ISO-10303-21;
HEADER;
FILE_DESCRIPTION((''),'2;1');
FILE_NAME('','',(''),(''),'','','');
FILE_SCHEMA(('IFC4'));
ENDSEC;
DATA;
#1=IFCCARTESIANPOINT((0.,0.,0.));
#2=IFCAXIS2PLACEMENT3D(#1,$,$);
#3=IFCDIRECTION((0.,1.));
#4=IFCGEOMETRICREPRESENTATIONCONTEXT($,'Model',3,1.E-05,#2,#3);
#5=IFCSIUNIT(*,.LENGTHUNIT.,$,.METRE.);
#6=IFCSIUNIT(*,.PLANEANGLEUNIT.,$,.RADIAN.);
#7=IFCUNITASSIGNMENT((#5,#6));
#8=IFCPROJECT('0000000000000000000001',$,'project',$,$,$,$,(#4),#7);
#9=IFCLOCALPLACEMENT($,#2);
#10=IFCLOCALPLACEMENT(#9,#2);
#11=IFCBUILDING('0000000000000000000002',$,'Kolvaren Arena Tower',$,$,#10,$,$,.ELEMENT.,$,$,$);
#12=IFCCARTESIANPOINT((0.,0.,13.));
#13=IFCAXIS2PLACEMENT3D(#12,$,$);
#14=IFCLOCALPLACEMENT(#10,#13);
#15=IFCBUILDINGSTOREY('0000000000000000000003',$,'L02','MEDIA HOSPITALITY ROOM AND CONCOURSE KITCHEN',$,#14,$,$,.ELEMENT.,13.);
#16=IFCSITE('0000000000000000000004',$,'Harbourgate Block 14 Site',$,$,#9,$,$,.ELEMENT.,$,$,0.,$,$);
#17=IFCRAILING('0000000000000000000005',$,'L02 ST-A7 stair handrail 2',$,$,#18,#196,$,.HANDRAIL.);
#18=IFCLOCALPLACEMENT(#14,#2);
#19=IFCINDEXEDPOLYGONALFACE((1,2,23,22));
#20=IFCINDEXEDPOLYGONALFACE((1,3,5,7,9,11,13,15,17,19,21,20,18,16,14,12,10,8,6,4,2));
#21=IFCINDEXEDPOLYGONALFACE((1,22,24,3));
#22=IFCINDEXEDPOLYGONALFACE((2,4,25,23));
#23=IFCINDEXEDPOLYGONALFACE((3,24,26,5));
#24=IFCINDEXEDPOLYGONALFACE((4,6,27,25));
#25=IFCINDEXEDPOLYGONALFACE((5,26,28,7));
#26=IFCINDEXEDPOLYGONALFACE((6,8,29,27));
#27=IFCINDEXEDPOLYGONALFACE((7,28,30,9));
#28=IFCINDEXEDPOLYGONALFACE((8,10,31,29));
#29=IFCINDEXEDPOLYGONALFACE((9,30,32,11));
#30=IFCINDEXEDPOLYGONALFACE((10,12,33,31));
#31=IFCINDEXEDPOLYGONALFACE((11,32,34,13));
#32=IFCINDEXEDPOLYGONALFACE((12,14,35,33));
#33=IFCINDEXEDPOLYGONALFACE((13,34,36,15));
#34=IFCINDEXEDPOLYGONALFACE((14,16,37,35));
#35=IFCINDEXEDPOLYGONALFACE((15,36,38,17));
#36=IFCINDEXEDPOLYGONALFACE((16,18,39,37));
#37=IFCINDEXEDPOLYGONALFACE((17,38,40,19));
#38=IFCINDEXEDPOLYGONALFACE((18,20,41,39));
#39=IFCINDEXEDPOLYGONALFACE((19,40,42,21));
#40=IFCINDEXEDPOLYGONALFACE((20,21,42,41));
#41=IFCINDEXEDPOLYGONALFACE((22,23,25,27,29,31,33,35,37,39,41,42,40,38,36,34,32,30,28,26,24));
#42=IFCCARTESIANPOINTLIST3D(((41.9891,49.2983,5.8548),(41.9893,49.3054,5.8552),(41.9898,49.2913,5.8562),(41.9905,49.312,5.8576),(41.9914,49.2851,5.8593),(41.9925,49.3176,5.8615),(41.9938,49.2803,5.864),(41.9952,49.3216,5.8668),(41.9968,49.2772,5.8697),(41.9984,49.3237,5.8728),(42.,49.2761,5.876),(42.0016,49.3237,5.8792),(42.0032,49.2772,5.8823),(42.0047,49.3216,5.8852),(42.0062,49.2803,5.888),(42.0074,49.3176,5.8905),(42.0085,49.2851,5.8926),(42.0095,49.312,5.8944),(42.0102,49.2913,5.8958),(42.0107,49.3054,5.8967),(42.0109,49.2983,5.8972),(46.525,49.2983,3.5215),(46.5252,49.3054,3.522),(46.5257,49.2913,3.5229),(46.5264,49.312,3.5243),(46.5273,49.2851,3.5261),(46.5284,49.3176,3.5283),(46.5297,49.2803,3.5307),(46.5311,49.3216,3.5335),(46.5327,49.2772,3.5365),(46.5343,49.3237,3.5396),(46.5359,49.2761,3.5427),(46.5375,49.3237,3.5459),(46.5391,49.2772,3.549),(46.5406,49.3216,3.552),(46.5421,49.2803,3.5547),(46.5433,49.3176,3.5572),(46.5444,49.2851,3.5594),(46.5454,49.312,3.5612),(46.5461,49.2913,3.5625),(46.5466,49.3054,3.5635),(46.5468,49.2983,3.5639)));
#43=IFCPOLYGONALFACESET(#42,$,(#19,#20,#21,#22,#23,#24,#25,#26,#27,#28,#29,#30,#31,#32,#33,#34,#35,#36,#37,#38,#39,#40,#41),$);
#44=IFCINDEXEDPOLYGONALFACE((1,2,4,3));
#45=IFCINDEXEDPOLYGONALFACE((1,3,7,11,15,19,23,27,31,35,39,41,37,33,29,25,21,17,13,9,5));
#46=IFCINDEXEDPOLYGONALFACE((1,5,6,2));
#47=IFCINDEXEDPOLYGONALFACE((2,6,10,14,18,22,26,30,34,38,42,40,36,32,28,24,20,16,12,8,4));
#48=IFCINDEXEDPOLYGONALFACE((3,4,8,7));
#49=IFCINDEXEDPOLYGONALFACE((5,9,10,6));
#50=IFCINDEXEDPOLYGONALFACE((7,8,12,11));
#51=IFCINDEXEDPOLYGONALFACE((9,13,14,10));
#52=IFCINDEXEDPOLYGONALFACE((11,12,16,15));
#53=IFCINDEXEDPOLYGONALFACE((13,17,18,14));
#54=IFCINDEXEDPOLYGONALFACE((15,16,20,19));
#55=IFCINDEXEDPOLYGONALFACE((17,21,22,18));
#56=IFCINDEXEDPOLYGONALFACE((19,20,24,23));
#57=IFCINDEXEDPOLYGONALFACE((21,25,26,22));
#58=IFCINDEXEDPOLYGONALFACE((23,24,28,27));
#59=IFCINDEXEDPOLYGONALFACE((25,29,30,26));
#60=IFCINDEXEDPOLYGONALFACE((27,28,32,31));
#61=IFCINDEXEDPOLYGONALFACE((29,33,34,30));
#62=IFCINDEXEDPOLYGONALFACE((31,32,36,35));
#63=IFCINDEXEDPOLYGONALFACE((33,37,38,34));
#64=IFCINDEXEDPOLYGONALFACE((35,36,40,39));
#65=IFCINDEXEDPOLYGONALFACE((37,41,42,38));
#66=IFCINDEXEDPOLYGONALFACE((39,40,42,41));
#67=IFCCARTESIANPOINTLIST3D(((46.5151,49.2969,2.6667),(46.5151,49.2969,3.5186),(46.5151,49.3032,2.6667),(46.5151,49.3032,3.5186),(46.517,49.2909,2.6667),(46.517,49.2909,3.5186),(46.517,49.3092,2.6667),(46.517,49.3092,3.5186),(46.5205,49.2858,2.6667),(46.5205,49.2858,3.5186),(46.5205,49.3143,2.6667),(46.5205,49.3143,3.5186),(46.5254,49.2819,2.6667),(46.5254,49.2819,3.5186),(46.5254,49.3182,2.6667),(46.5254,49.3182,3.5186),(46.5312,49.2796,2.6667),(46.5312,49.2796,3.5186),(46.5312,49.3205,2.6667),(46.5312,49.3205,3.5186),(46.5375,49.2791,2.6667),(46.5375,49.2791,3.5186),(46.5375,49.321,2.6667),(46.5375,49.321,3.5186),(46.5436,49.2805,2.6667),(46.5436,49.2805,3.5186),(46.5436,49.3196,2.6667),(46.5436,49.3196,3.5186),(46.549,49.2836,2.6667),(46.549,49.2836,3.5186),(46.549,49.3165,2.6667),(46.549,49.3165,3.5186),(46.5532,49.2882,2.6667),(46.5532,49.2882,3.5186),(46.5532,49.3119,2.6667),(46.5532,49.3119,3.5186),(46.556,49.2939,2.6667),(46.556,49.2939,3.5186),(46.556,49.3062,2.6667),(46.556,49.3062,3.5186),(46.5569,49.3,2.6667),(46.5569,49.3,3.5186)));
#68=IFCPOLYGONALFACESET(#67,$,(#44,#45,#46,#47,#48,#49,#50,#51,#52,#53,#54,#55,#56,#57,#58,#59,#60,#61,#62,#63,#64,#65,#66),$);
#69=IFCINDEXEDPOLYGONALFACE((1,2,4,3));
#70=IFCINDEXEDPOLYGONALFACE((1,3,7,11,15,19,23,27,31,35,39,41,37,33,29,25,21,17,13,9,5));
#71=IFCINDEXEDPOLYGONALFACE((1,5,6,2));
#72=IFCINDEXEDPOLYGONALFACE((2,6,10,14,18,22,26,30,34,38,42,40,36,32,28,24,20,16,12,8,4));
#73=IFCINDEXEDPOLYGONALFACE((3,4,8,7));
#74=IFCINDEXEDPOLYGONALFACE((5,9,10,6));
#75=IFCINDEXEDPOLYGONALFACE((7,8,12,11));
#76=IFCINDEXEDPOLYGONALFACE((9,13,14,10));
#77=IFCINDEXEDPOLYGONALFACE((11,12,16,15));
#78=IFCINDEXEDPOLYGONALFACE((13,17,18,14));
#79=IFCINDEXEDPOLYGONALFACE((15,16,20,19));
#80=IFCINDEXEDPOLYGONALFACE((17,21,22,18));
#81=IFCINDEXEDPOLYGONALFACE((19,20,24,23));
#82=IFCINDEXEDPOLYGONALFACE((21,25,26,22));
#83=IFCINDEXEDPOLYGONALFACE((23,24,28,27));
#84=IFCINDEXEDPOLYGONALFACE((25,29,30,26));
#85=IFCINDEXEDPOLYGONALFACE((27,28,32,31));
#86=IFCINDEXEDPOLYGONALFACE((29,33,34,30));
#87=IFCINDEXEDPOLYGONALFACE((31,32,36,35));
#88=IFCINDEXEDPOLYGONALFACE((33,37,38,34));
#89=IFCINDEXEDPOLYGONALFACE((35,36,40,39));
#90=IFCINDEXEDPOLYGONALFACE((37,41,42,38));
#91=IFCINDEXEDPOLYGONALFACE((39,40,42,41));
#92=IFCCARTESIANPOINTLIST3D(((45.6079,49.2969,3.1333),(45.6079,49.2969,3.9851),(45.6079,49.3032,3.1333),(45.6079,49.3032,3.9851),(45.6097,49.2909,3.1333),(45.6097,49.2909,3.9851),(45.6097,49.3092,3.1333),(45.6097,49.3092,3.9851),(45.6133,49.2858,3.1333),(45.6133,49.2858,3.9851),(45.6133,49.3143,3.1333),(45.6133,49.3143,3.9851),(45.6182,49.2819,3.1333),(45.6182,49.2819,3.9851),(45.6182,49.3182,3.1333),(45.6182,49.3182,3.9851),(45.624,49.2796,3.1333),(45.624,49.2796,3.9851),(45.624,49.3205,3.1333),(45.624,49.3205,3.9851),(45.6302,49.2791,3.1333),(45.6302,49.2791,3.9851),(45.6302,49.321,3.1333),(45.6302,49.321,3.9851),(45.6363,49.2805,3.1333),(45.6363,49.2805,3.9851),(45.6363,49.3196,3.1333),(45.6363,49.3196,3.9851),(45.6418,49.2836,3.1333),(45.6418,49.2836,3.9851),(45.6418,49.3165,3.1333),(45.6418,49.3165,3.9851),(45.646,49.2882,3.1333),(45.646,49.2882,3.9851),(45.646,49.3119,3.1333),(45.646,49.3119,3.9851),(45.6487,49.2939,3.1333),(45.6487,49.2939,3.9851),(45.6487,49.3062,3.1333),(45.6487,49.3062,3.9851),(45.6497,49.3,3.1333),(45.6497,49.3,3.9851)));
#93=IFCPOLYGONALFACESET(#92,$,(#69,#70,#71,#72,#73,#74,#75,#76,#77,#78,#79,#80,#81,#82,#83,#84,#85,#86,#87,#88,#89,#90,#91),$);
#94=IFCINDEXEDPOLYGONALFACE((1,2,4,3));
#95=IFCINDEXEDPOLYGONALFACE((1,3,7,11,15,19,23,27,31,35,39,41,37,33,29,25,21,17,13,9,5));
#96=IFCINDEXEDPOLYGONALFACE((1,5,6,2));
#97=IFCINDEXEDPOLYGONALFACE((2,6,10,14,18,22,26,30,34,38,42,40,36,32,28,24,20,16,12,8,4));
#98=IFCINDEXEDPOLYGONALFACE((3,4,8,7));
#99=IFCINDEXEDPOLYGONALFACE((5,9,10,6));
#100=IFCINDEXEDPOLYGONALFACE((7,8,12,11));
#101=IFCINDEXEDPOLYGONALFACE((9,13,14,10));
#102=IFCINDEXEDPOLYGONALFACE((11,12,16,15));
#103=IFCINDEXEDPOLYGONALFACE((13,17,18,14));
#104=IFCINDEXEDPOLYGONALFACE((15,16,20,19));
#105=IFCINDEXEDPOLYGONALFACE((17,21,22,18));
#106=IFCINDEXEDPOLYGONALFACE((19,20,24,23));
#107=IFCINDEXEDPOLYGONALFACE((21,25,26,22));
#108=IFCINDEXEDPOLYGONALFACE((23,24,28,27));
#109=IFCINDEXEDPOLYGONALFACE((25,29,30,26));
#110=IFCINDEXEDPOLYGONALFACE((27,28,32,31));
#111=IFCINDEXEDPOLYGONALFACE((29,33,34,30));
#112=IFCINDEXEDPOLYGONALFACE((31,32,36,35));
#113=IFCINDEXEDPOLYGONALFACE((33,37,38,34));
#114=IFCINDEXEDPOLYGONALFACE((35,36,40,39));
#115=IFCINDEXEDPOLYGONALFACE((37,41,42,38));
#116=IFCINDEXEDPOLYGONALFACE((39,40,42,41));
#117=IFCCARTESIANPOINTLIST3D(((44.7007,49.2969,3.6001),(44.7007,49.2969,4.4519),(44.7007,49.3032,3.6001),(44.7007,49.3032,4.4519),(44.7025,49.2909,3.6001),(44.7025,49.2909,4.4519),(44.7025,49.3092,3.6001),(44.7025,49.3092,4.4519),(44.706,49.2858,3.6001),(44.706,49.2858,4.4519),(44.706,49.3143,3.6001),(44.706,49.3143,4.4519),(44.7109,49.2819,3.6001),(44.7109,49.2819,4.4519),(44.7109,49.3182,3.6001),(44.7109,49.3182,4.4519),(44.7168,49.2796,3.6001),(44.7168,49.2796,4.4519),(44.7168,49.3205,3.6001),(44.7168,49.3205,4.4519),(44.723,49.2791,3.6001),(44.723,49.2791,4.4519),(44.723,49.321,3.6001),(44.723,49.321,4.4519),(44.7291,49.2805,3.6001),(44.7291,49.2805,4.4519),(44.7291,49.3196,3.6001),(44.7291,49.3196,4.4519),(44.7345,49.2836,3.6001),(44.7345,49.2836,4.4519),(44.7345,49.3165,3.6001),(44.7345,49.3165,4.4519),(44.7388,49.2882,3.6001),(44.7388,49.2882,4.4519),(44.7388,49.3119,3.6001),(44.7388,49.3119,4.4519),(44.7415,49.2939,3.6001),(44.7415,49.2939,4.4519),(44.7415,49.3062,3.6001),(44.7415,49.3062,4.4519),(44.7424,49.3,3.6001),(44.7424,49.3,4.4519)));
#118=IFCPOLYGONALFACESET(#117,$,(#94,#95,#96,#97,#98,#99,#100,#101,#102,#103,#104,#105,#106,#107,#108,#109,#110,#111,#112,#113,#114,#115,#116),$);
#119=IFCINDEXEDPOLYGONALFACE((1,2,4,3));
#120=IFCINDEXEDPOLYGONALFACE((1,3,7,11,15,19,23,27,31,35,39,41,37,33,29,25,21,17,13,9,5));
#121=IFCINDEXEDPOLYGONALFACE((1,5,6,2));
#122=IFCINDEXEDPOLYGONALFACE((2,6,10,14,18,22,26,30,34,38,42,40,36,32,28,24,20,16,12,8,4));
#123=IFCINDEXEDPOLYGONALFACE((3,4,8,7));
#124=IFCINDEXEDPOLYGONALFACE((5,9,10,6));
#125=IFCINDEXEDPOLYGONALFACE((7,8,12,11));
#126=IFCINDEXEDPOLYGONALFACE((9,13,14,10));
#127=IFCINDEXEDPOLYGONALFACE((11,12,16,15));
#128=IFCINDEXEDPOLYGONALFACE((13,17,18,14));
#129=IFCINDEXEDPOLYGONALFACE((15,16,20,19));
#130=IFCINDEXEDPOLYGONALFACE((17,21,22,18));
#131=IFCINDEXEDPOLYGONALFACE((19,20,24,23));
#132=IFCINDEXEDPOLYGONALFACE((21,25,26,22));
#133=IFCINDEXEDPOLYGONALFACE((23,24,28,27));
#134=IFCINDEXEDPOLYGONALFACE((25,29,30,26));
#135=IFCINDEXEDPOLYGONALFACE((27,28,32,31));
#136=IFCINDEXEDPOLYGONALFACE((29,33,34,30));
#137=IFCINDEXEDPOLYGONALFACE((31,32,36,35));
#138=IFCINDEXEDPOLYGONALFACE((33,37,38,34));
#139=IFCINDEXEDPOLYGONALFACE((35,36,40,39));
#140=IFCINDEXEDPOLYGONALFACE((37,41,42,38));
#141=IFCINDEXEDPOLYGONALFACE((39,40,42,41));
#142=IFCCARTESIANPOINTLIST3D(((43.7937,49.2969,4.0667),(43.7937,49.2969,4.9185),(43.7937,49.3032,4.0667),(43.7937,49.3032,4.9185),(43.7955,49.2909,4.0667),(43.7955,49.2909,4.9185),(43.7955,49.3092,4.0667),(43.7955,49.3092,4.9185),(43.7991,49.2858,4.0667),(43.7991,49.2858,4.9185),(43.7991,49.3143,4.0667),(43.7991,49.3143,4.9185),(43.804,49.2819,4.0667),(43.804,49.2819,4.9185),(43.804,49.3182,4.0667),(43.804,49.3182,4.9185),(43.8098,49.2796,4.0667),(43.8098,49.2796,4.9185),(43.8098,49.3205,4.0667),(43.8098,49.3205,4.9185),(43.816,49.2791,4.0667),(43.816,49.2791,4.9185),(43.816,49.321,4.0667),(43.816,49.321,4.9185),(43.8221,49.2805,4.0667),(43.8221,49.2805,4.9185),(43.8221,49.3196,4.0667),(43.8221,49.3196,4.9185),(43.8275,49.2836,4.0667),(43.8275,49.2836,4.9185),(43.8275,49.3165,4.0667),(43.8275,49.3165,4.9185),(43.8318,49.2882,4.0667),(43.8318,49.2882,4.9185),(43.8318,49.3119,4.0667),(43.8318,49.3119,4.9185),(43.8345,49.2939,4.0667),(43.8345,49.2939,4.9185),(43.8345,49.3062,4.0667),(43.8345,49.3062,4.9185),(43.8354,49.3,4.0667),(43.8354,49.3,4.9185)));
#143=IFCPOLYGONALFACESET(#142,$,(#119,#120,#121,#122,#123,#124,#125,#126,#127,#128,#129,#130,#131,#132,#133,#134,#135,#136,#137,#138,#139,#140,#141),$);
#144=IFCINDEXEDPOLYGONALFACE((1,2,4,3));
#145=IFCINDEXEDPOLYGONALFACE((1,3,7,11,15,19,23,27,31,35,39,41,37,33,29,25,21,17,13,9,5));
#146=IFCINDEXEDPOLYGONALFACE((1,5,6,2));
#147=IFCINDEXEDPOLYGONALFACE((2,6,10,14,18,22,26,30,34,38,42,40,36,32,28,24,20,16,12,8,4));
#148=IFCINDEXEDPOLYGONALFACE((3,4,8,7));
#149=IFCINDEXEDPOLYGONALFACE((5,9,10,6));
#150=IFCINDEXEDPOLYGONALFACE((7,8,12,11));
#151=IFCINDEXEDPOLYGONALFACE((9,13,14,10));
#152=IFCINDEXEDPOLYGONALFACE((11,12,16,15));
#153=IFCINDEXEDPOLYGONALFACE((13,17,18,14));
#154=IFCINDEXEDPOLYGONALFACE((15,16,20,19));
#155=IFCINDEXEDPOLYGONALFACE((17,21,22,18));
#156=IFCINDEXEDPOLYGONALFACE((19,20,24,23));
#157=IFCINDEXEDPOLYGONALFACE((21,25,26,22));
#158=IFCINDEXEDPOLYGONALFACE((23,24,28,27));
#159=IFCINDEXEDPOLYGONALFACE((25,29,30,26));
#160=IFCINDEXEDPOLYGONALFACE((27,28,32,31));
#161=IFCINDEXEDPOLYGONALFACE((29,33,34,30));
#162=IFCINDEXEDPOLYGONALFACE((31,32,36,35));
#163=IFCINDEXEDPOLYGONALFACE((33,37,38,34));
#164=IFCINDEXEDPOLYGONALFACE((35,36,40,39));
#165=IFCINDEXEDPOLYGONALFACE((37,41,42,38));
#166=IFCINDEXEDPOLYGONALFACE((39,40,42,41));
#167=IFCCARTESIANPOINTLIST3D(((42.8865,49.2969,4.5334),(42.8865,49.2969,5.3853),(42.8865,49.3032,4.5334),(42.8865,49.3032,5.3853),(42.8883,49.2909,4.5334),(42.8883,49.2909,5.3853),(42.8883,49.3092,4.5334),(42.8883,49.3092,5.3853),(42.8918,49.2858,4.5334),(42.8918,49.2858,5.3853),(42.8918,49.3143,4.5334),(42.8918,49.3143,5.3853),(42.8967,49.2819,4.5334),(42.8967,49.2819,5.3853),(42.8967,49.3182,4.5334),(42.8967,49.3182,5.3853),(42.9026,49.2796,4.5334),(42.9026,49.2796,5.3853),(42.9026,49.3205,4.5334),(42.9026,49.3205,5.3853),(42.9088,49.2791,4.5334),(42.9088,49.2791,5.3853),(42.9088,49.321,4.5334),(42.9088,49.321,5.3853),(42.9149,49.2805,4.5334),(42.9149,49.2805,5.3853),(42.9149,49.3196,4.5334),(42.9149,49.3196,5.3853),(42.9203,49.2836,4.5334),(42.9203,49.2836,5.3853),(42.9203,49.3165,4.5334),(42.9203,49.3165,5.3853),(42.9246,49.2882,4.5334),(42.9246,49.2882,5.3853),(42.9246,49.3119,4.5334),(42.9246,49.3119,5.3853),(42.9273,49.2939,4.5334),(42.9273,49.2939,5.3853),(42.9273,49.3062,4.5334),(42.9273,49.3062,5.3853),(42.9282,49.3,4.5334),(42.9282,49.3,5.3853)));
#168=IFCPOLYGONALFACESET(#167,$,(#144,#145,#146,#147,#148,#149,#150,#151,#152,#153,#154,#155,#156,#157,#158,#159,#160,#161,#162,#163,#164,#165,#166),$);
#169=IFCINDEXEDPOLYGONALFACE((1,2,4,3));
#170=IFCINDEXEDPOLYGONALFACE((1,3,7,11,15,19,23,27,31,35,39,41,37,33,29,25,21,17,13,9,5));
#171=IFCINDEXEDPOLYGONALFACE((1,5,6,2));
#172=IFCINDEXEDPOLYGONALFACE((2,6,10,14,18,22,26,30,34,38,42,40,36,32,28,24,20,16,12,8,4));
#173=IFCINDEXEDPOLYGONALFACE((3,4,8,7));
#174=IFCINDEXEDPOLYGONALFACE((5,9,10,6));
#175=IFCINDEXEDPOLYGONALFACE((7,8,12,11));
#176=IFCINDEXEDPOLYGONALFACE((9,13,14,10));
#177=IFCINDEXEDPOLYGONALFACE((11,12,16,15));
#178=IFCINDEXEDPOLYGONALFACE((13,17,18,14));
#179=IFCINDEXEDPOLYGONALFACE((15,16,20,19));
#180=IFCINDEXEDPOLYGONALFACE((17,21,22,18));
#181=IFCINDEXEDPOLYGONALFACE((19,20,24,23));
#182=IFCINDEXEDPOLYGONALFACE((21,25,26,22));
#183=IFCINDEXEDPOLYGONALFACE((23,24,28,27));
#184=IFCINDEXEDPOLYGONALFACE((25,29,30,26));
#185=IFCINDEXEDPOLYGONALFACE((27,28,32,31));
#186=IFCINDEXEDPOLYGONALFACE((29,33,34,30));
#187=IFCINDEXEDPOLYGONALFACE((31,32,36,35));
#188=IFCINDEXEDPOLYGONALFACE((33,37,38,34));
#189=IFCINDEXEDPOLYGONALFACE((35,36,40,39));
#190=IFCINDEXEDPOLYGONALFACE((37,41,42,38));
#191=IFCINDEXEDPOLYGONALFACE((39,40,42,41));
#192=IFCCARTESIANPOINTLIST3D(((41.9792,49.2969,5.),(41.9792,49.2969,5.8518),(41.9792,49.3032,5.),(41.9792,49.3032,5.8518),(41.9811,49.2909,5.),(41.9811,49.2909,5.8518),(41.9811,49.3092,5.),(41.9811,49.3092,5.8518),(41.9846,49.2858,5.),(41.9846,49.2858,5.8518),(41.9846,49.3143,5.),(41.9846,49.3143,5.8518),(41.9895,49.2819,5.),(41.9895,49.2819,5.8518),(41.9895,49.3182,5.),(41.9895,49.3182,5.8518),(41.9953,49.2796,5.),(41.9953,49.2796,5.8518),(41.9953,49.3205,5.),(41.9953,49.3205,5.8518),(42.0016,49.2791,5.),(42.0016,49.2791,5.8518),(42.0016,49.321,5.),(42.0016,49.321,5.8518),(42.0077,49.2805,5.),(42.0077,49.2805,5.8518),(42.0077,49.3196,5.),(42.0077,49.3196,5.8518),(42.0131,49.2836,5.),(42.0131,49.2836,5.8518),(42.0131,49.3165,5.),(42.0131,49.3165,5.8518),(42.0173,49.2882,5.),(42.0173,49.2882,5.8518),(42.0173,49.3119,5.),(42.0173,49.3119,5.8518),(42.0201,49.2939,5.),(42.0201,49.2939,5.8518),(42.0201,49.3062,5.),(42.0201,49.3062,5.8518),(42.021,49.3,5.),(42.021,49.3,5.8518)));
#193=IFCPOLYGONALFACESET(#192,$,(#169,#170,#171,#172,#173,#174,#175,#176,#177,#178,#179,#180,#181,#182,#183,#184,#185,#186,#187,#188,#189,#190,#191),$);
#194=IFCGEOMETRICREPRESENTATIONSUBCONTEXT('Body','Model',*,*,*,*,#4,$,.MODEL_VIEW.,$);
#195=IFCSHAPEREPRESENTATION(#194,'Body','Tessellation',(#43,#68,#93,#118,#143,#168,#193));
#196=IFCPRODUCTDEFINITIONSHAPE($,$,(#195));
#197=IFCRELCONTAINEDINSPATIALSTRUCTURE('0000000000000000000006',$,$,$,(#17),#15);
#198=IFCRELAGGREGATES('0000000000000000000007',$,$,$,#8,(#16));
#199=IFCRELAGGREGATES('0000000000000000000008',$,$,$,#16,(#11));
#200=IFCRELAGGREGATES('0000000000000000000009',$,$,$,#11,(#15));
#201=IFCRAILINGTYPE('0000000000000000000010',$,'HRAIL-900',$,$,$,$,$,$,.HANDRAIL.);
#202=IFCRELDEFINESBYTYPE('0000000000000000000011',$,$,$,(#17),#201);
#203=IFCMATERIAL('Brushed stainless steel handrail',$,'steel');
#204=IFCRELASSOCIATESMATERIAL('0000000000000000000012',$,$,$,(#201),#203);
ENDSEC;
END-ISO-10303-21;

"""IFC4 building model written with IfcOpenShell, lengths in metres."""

from ifc_helpers import new_model, si_unit, direction, frame, origin, origin_2d, place, context, subcontext, project, spatial, circle, extrude, material, type_object, element, save


model = new_model("IFC4")

# Units and contexts
model_context = context("Model", 3, precision=1e-05, world=origin(), true_north=direction((0.0, 1.0)))
body_context = subcontext(model_context, "Body", "Model", "MODEL_VIEW")
ifc_project = project(units=[si_unit("LENGTHUNIT", "METRE"), si_unit("PLANEANGLEUNIT", "RADIAN")], contexts=[model_context])

# Site, building, storey
site_placement = place(None, origin())
site = spatial("IfcSite", under=ifc_project, at=site_placement, Name="Harbourgate Block 14 Site", CompositionType="ELEMENT", RefElevation=0.0)
building_placement = place(site_placement, origin())
building = spatial("IfcBuilding", under=site, at=building_placement, Name="Kolvaren Arena Tower", CompositionType="ELEMENT")
storey_placement = place(building_placement, frame((0.0, 0.0, 13.0)))
storey = spatial("IfcBuildingStorey", under=building, at=storey_placement, Name="L02", Description="MEDIA HOSPITALITY ROOM AND CONCOURSE KITCHEN", CompositionType="ELEMENT", Elevation=13.0)

# Railing
ifc_material_1 = material(Name="Brushed stainless steel handrail", Category="steel")
railing_type_1 = type_object("IfcRailingType", Name="HRAIL-900", PredefinedType="HANDRAIL", material=ifc_material_1)
railing_1_placement = place(storey_placement, frame((46.5359, 49.3, 2.6667)))
element("IfcRailing", 1, at=railing_1_placement, inside=storey, type_object=railing_type_1, Name="L02 ST-A7 stair handrail 2", PredefinedType="HANDRAIL", context=body_context, shape_type="SweptSolid", body=[
    extrude(circle(Radius=0.0239, at=origin_2d()), frame((0.0, 0.0, 0.876), z_axis=(-0.889247, 0.0, 0.457427), x_axis=(0.0, -1.0, 0.0)), (0.0, 0.0, 1.0), 5.1008),
    extrude(circle(Radius=0.021, at=origin_2d()), origin(), (0.0, 0.0, 1.0), 0.8518),
    extrude(circle(Radius=0.021, at=origin_2d()), frame((-0.9072, 0.0, 0.4666)), (0.0, 0.0, 1.0), 0.8518),
    extrude(circle(Radius=0.021, at=origin_2d()), frame((-1.8145, 0.0, 0.9333)), (0.0, 0.0, 1.0), 0.8518),
    extrude(circle(Radius=0.021, at=origin_2d()), frame((-2.7214, 0.0, 1.3999)), (0.0, 0.0, 1.0), 0.8518),
    extrude(circle(Radius=0.021, at=origin_2d()), frame((-3.6287, 0.0, 1.8667)), (0.0, 0.0, 1.0), 0.8518),
    extrude(circle(Radius=0.021, at=origin_2d()), frame((-4.5359, 0.0, 2.3333)), (0.0, 0.0, 1.0), 0.8518),
])

save(model, "model.ifc")
